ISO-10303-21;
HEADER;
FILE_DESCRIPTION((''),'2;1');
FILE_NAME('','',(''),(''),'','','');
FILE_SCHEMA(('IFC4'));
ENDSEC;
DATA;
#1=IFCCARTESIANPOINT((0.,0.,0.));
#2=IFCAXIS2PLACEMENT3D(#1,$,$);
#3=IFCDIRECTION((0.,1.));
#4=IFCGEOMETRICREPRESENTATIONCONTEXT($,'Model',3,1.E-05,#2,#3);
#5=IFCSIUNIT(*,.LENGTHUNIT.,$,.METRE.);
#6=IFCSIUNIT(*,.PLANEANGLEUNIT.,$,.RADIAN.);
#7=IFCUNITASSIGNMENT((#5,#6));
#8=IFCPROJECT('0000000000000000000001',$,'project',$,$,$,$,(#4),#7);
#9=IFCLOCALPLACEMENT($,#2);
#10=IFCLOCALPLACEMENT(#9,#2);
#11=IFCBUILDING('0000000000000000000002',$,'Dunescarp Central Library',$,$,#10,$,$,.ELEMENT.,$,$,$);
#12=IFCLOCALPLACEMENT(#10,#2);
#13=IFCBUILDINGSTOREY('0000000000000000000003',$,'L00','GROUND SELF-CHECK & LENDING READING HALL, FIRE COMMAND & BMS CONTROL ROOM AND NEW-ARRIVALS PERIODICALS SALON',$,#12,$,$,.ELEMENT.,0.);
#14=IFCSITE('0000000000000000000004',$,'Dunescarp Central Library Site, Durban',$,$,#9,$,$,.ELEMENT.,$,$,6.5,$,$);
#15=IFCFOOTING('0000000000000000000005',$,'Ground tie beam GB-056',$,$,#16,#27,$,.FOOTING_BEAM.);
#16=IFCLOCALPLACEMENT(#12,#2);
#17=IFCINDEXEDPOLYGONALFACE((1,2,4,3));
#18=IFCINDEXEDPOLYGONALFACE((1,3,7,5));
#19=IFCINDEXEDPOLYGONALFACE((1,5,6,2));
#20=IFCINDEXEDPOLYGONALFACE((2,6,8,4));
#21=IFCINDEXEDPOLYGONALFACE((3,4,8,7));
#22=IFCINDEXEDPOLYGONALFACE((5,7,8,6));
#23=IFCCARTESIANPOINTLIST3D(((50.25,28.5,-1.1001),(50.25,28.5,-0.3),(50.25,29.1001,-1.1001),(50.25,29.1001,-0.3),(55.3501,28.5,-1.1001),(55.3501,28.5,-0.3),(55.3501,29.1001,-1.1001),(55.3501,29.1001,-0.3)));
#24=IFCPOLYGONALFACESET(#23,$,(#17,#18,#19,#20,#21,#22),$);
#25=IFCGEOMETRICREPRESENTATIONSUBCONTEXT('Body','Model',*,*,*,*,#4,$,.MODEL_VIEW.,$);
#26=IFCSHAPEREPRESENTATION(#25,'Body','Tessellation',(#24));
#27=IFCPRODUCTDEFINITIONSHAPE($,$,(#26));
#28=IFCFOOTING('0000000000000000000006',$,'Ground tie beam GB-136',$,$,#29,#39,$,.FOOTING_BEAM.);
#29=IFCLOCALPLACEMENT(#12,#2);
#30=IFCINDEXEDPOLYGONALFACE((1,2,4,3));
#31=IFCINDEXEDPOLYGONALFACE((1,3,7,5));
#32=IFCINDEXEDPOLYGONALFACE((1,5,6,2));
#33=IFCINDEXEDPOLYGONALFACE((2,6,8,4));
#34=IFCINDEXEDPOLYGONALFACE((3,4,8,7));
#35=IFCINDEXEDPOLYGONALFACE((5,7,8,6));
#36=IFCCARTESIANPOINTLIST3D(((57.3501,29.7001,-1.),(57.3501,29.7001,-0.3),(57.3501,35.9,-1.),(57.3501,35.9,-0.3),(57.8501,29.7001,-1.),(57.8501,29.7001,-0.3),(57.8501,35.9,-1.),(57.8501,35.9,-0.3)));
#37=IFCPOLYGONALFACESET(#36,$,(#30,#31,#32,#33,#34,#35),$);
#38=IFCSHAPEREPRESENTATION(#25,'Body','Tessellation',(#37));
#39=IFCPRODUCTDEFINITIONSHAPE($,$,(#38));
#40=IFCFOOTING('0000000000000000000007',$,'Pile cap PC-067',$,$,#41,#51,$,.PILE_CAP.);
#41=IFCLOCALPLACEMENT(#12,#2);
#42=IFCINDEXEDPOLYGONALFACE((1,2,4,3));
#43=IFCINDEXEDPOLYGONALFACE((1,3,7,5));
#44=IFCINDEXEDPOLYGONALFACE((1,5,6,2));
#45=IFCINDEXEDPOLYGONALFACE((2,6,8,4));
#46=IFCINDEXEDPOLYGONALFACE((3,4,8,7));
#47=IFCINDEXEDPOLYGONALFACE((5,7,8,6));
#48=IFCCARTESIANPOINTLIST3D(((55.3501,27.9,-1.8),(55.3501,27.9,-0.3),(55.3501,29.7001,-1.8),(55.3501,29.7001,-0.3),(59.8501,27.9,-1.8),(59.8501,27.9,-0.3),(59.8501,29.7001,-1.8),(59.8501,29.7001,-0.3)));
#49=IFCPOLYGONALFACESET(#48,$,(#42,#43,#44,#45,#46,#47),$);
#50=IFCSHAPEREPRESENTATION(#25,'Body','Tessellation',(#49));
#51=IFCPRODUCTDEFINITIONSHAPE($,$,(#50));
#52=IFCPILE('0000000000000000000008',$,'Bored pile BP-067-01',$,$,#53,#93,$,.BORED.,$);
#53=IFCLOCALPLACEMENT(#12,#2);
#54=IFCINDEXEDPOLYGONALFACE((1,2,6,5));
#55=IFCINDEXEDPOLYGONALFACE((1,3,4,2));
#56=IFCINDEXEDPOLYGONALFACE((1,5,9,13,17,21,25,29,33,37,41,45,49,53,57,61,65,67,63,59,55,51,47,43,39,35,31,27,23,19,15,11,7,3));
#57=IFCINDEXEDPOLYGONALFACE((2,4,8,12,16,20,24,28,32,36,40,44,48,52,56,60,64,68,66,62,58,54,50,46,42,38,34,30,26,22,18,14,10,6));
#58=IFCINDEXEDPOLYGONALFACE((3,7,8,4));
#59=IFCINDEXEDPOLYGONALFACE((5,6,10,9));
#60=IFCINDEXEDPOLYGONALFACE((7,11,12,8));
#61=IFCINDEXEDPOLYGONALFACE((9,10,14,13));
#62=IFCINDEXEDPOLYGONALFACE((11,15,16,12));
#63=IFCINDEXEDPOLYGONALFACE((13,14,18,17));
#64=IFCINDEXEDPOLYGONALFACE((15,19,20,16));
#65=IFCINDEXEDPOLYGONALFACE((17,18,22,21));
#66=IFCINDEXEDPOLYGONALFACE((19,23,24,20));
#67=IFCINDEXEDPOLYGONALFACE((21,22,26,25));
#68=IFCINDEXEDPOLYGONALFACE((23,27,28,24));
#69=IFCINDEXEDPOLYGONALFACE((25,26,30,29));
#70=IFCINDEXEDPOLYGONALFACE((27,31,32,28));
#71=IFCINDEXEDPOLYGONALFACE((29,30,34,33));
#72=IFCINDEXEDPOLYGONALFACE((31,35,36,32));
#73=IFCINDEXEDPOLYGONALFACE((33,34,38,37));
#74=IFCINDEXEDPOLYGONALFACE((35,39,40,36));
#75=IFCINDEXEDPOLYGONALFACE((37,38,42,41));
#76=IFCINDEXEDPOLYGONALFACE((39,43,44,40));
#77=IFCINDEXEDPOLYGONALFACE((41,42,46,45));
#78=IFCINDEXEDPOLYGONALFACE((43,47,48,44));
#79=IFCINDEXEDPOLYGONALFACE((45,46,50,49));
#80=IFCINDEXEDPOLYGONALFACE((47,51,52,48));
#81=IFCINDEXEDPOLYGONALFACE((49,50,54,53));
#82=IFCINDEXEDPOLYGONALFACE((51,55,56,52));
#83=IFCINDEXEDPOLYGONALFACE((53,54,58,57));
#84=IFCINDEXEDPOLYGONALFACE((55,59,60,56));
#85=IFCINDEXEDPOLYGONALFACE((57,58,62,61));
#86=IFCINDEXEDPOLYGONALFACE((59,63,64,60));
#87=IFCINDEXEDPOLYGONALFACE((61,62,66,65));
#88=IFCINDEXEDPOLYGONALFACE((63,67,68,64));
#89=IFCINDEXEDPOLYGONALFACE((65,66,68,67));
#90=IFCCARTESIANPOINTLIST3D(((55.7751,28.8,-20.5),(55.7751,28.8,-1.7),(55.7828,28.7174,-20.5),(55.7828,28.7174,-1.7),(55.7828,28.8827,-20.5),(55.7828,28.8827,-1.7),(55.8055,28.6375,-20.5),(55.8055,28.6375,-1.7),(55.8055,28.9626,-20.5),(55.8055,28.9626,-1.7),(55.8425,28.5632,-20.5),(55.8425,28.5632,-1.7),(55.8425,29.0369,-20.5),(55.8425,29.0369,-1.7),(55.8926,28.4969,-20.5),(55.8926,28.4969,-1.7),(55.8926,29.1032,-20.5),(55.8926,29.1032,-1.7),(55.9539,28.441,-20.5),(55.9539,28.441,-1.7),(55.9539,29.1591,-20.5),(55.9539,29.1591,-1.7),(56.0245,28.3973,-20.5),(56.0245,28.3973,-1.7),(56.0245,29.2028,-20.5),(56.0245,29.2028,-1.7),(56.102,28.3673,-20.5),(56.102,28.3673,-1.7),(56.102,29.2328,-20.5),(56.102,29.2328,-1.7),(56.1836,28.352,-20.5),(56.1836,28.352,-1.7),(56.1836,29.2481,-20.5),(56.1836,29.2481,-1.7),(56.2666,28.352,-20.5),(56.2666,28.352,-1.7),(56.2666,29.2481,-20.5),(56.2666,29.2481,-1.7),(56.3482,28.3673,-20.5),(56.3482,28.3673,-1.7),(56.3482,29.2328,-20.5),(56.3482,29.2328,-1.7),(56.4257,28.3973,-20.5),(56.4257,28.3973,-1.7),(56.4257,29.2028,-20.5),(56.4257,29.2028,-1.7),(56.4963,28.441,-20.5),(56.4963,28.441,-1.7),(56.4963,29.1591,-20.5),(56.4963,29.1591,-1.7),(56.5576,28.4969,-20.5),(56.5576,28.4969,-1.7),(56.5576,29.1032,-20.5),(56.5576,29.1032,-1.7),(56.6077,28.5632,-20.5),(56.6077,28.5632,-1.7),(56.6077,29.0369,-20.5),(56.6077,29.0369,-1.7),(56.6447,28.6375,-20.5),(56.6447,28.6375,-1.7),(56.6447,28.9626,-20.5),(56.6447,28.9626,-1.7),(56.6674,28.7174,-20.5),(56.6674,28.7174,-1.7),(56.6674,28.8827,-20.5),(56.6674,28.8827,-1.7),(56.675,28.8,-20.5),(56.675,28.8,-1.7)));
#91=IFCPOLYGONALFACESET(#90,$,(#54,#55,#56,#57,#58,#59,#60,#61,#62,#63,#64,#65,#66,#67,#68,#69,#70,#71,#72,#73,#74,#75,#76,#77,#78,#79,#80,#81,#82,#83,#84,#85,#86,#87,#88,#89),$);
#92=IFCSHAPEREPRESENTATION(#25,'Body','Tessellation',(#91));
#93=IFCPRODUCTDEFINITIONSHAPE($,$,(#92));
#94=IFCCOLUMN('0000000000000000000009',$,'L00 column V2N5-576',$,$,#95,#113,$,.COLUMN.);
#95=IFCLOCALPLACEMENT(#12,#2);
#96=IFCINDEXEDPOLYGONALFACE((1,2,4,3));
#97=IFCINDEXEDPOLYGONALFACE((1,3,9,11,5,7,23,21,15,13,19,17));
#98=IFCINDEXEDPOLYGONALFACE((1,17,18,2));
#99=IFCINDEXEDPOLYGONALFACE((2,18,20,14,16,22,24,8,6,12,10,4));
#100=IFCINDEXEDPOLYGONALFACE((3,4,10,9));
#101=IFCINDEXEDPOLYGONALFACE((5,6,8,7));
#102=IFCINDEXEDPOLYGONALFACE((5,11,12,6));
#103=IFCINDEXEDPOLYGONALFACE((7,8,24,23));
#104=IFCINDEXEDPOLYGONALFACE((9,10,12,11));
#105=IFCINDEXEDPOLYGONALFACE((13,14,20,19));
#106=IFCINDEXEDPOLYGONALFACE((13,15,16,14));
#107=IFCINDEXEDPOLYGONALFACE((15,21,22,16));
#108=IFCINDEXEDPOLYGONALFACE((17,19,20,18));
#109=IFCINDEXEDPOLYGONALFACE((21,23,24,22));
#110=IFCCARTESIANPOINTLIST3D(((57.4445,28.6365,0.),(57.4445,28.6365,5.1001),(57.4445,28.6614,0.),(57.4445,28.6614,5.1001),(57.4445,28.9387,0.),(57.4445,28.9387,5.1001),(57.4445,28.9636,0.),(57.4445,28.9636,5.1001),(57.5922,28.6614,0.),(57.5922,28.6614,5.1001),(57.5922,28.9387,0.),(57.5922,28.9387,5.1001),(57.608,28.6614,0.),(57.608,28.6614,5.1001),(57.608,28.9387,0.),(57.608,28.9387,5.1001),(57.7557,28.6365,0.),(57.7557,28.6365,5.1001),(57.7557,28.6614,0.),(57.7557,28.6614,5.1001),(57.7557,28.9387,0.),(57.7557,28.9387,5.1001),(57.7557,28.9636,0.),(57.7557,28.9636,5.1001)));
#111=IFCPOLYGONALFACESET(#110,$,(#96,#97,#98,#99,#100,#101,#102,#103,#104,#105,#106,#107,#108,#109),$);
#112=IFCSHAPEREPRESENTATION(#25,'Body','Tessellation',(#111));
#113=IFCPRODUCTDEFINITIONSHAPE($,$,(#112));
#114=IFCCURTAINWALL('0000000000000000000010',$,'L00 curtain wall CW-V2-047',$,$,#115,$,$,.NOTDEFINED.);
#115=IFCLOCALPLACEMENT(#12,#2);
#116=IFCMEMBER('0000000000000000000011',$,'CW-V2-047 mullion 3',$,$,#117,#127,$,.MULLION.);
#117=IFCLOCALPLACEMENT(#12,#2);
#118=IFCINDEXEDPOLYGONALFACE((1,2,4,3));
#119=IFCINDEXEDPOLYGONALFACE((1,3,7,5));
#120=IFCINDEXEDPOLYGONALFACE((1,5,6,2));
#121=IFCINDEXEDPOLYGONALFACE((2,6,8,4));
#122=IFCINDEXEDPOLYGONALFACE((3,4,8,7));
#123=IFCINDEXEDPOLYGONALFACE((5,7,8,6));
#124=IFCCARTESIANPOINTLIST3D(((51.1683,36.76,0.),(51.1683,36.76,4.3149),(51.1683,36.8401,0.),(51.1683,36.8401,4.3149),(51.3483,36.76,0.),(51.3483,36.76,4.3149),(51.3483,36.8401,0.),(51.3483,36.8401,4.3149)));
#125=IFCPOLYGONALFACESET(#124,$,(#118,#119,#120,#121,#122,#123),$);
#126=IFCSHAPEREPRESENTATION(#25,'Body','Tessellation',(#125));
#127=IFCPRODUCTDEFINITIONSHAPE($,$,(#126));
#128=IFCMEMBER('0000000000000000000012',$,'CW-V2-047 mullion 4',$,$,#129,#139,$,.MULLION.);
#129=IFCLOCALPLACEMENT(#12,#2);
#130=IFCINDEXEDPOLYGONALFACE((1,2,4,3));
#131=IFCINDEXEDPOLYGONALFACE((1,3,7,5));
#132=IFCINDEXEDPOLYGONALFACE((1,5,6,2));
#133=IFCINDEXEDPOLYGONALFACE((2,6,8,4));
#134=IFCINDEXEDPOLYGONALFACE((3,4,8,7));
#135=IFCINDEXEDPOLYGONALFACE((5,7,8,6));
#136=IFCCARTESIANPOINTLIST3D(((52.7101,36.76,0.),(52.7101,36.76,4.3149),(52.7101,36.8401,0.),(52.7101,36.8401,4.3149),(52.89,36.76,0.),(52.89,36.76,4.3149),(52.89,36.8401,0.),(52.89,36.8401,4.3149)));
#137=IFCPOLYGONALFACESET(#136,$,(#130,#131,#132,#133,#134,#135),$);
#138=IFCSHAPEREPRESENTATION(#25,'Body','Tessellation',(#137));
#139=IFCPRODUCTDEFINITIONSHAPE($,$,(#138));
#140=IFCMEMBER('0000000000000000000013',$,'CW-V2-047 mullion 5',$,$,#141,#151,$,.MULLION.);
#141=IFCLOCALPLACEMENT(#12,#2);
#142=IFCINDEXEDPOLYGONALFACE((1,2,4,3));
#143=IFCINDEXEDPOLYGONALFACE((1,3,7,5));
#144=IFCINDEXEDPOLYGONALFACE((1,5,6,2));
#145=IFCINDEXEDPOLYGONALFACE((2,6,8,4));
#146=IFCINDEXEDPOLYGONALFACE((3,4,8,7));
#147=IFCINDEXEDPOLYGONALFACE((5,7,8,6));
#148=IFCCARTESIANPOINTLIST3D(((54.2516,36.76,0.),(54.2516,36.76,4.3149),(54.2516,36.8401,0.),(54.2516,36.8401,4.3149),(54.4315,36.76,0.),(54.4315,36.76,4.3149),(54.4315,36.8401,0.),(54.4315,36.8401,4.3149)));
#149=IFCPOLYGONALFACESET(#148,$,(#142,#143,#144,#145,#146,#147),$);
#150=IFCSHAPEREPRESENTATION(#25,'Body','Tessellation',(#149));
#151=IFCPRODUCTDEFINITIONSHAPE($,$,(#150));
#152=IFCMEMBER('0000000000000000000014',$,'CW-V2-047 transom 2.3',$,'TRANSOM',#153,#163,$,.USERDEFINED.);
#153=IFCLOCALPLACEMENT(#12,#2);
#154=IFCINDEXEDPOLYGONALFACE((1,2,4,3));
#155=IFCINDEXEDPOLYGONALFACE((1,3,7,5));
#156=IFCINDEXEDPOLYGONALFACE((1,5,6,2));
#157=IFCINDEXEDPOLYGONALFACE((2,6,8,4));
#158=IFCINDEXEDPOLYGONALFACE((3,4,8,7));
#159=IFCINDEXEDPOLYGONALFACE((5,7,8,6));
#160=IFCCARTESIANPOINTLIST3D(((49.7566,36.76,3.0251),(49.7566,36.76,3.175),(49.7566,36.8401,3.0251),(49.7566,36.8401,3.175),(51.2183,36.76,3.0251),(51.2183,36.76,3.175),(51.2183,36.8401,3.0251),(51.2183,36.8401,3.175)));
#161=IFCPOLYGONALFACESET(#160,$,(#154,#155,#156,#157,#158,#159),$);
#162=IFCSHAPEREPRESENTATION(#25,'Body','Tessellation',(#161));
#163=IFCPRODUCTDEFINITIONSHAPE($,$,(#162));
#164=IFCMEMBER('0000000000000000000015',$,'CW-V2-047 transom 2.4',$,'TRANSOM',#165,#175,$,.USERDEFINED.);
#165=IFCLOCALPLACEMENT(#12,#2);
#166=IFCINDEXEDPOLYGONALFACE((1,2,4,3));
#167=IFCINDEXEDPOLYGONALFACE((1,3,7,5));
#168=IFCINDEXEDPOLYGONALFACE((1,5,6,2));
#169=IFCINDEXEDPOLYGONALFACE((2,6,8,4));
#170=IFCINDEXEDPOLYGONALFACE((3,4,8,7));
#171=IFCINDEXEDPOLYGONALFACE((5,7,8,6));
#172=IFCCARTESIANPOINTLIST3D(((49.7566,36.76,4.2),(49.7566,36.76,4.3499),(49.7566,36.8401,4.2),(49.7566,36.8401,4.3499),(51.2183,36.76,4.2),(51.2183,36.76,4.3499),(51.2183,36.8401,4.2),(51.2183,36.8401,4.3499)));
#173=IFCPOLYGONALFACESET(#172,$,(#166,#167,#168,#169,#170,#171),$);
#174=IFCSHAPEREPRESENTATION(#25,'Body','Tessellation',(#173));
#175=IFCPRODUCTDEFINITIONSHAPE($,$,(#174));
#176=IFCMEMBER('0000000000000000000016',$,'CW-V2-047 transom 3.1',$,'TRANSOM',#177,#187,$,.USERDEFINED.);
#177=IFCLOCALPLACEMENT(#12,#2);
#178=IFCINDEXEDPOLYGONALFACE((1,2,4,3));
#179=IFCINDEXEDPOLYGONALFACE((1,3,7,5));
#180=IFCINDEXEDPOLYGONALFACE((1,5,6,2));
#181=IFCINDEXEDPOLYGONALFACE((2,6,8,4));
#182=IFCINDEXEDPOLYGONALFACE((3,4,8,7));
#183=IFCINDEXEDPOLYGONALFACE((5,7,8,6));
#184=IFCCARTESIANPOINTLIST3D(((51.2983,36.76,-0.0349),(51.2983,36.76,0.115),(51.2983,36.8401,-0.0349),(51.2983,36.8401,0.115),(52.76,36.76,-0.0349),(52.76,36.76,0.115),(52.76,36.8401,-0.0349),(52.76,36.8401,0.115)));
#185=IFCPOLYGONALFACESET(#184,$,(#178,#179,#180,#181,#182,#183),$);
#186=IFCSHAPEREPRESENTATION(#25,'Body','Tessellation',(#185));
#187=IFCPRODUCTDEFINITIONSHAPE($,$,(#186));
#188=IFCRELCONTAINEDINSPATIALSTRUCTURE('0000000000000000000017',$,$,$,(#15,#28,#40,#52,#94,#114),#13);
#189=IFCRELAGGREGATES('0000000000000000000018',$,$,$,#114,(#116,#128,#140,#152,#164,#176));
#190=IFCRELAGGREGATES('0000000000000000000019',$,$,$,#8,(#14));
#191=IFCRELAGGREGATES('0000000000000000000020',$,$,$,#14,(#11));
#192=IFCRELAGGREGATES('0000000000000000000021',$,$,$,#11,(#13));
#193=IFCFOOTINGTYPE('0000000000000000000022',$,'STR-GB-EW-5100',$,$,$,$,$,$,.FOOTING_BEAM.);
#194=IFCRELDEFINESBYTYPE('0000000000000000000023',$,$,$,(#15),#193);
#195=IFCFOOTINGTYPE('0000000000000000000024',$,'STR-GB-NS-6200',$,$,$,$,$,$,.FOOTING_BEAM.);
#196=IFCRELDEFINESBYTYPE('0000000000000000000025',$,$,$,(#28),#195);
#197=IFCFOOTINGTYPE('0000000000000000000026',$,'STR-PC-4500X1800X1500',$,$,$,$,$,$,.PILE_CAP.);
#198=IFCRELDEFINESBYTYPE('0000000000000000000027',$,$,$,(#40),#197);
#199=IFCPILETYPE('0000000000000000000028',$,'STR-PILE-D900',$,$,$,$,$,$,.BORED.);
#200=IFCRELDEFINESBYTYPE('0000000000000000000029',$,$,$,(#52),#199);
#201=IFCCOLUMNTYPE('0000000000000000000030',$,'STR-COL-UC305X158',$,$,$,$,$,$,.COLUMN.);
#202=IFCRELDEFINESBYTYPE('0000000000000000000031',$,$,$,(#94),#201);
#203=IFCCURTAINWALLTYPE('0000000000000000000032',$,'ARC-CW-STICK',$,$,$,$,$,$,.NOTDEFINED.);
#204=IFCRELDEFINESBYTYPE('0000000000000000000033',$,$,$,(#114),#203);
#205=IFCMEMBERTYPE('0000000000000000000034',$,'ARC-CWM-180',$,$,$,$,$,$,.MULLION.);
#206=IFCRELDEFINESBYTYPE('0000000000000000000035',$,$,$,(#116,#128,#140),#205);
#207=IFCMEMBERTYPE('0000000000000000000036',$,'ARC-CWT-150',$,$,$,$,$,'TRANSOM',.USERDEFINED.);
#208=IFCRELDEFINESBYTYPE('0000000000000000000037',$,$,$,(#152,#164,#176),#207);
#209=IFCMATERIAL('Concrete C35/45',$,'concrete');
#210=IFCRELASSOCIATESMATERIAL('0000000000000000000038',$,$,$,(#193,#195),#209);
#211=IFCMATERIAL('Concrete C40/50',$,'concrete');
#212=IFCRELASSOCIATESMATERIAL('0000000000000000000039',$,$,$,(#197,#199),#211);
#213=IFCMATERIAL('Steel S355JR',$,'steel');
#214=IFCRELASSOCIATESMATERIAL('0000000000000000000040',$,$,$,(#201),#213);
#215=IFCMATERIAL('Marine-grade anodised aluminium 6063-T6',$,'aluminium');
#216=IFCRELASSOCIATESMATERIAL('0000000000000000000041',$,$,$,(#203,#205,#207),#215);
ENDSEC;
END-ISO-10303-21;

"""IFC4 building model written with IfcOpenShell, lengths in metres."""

from ifc_helpers import new_model, si_unit, direction, frame, origin, origin_2d, place, context, subcontext, project, spatial, rectangle, circle, i_section, extrude, material, material_profile, profile_set, type_object, element, aggregate, save


model = new_model("IFC4")

# Units and contexts
model_context = context("Model", 3, precision=1e-05, world=origin(), true_north=direction((0.0, 1.0)))
body_context = subcontext(model_context, "Body", "Model", "MODEL_VIEW")
ifc_project = project(units=[si_unit("LENGTHUNIT", "METRE"), si_unit("PLANEANGLEUNIT", "RADIAN")], contexts=[model_context])

# Site, building, storey
site_placement = place(None, origin())
site = spatial("IfcSite", under=ifc_project, at=site_placement, Name="Dunescarp Central Library Site, Durban", CompositionType="ELEMENT", RefElevation=6.5)
building_placement = place(site_placement, origin())
building = spatial("IfcBuilding", under=site, at=building_placement, Name="Dunescarp Central Library", CompositionType="ELEMENT")
storey_placement = place(building_placement, origin())
storey = spatial("IfcBuildingStorey", under=building, at=storey_placement, Name="L00", Description="GROUND SELF-CHECK & LENDING READING HALL, FIRE COMMAND & BMS CONTROL ROOM AND NEW-ARRIVALS PERIODICALS SALON", CompositionType="ELEMENT", Elevation=0.0)

# Footings
ifc_material_1 = material(Name="Concrete C35/45", Category="concrete")
footing_type_1 = type_object("IfcFootingType", Name="STR-GB-EW-5100", PredefinedType="FOOTING_BEAM", material=ifc_material_1)
footing_1_placement = place(storey_placement, frame((52.8, 28.8, -1.1001), z_axis=(0.0, 0.0, 1.0), x_axis=(1.0, 0.0, 0.0)))
element("IfcFooting", 1, at=footing_1_placement, inside=storey, type_object=footing_type_1, Name="Ground tie beam GB-056", PredefinedType="FOOTING_BEAM", context=body_context, shape_type="SweptSolid", body=[
    extrude(rectangle(XDim=5.1001, YDim=0.6001, at=origin_2d()), origin(), (0.0, 0.0, 1.0), 0.8),
])
footing_type_2 = type_object("IfcFootingType", Name="STR-GB-NS-6200", PredefinedType="FOOTING_BEAM", material=ifc_material_1)
footing_2_placement = place(storey_placement, frame((57.6001, 32.8, -1.0), z_axis=(0.0, 0.0, 1.0), x_axis=(0.0, 1.0, 0.0)))
element("IfcFooting", 2, at=footing_2_placement, inside=storey, type_object=footing_type_2, Name="Ground tie beam GB-136", PredefinedType="FOOTING_BEAM", context=body_context, shape_type="SweptSolid", body=[
    extrude(rectangle(XDim=6.2, YDim=0.5, at=origin_2d()), origin(), (0.0, 0.0, 1.0), 0.7),
])
ifc_material_2 = material(Name="Concrete C40/50", Category="concrete")
footing_type_3 = type_object("IfcFootingType", Name="STR-PC-4500X1800X1500", PredefinedType="PILE_CAP", material=ifc_material_2)
footing_3_placement = place(storey_placement, frame((57.6001, 28.8, -1.8), z_axis=(0.0, 0.0, 1.0), x_axis=(1.0, 0.0, 0.0)))
element("IfcFooting", 3, at=footing_3_placement, inside=storey, type_object=footing_type_3, Name="Pile cap PC-067", PredefinedType="PILE_CAP", context=body_context, shape_type="SweptSolid", body=[
    extrude(rectangle(XDim=4.5, YDim=1.8, at=origin_2d()), origin(), (0.0, 0.0, 1.0), 1.5),
])

# Pile
ifc_material_profile_1 = material_profile(ifc_material_2, circle(Radius=0.45, at=origin_2d()), Name="PILE D900")
ifc_profile_set_1 = profile_set([ifc_material_profile_1], Name="Concrete C40/50")
pile_type = type_object("IfcPileType", Name="STR-PILE-D900", PredefinedType="BORED", material=ifc_profile_set_1)
pile_placement = place(storey_placement, frame((56.2251, 28.8, -1.7), z_axis=(0.0, 0.0, -1.0), x_axis=(1.0, 0.0, 0.0)))
element("IfcPile", 4, at=pile_placement, inside=storey, type_object=pile_type, Name="Bored pile BP-067-01", PredefinedType="BORED", context=body_context, shape_type="SweptSolid", body=[
    extrude(circle(Radius=0.45, at=origin_2d()), origin(), (0.0, 0.0, 1.0), 18.8),
])

# Column
ifc_material_3 = material(Name="Steel S355JR", Category="steel")
ifc_material_profile_2 = material_profile(ifc_material_3, i_section(OverallWidth=0.3113, OverallDepth=0.3271, WebThickness=0.0159, FlangeThickness=0.0249, at=origin_2d()), Name="UC 305x305x158")
ifc_profile_set_2 = profile_set([ifc_material_profile_2], Name="Steel S355JR")
column_type = type_object("IfcColumnType", Name="STR-COL-UC305X158", PredefinedType="COLUMN", material=ifc_profile_set_2)
column_placement = place(storey_placement, frame((57.6001, 28.8, 0.0), z_axis=(0.0, 0.0, 1.0), x_axis=(1.0, 0.0, 0.0)))
element("IfcColumn", 5, at=column_placement, inside=storey, type_object=column_type, Name="L00 column V2N5-576", PredefinedType="COLUMN", context=body_context, shape_type="SweptSolid", body=[
    extrude(i_section(OverallWidth=0.3113, OverallDepth=0.3271, WebThickness=0.0159, FlangeThickness=0.0249, at=origin_2d()), origin(), (0.0, 0.0, 1.0), 5.1001),
])

# Curtain wall, members
ifc_material_4 = material(Name="Marine-grade anodised aluminium 6063-T6", Category="aluminium")
curtain_wall_type = type_object("IfcCurtainWallType", Name="ARC-CW-STICK", PredefinedType="NOTDEFINED", material=ifc_material_4)
curtain_wall_placement = place(storey_placement, origin())
curtain_wall = element("IfcCurtainWall", 6, at=curtain_wall_placement, inside=storey, type_object=curtain_wall_type, Name="L00 curtain wall CW-V2-047", PredefinedType="NOTDEFINED")
ifc_material_profile_3 = material_profile(ifc_material_4, rectangle(XDim=0.0801, YDim=0.1799, at=origin_2d()), Name="AL 80x180")
ifc_profile_set_3 = profile_set([ifc_material_profile_3], Name="Marine-grade anodised aluminium 6063-T6")
member_type_1 = type_object("IfcMemberType", Name="ARC-CWM-180", PredefinedType="MULLION", material=ifc_profile_set_3)
member_1_placement = place(storey_placement, frame((51.2583, 36.8, 0.0), z_axis=(0.0, 0.0, 1.0), x_axis=(0.0, 1.0, 0.0)))
member_1 = element("IfcMember", 7, at=member_1_placement, type_object=member_type_1, Name="CW-V2-047 mullion 3", PredefinedType="MULLION", context=body_context, shape_type="SweptSolid", body=[
    extrude(rectangle(XDim=0.0801, YDim=0.1799, at=origin_2d()), origin(), (0.0, 0.0, 1.0), 4.3149),
])
member_2_placement = place(storey_placement, frame((52.8, 36.8, 0.0), z_axis=(0.0, 0.0, 1.0), x_axis=(0.0, 1.0, 0.0)))
member_2 = element("IfcMember", 8, at=member_2_placement, type_object=member_type_1, Name="CW-V2-047 mullion 4", PredefinedType="MULLION", context=body_context, shape_type="SweptSolid", body=[
    extrude(rectangle(XDim=0.0801, YDim=0.1799, at=origin_2d()), origin(), (0.0, 0.0, 1.0), 4.3149),
])
member_3_placement = place(storey_placement, frame((54.3416, 36.8, 0.0), z_axis=(0.0, 0.0, 1.0), x_axis=(0.0, 1.0, 0.0)))
member_3 = element("IfcMember", 9, at=member_3_placement, type_object=member_type_1, Name="CW-V2-047 mullion 5", PredefinedType="MULLION", context=body_context, shape_type="SweptSolid", body=[
    extrude(rectangle(XDim=0.0801, YDim=0.1799, at=origin_2d()), origin(), (0.0, 0.0, 1.0), 4.3149),
])
ifc_material_profile_4 = material_profile(ifc_material_4, rectangle(XDim=0.0801, YDim=0.1499, at=origin_2d()), Name="AL 80x150")
ifc_profile_set_4 = profile_set([ifc_material_profile_4], Name="Marine-grade anodised aluminium 6063-T6")
member_type_2 = type_object("IfcMemberType", Name="ARC-CWT-150", ElementType="TRANSOM", PredefinedType="USERDEFINED", material=ifc_profile_set_4)
member_4_placement = place(storey_placement, frame((49.7566, 36.8, 3.1001), z_axis=(1.0, 0.0, 0.0), x_axis=(0.0, 1.0, 0.0)))
member_4 = element("IfcMember", 10, at=member_4_placement, type_object=member_type_2, Name="CW-V2-047 transom 2.3", ObjectType="TRANSOM", PredefinedType="USERDEFINED", context=body_context, shape_type="SweptSolid", body=[
    extrude(rectangle(XDim=0.0801, YDim=0.1499, at=origin_2d()), origin(), (0.0, 0.0, 1.0), 1.4617),
])
member_5_placement = place(storey_placement, frame((49.7566, 36.8, 4.2749), z_axis=(1.0, 0.0, 0.0), x_axis=(0.0, 1.0, 0.0)))
member_5 = element("IfcMember", 11, at=member_5_placement, type_object=member_type_2, Name="CW-V2-047 transom 2.4", ObjectType="TRANSOM", PredefinedType="USERDEFINED", context=body_context, shape_type="SweptSolid", body=[
    extrude(rectangle(XDim=0.0801, YDim=0.1499, at=origin_2d()), origin(), (0.0, 0.0, 1.0), 1.4617),
])
member_6_placement = place(storey_placement, frame((51.2983, 36.8, 0.04), z_axis=(1.0, 0.0, 0.0), x_axis=(0.0, 1.0, 0.0)))
member_6 = element("IfcMember", 12, at=member_6_placement, type_object=member_type_2, Name="CW-V2-047 transom 3.1", ObjectType="TRANSOM", PredefinedType="USERDEFINED", context=body_context, shape_type="SweptSolid", body=[
    extrude(rectangle(XDim=0.0801, YDim=0.1499, at=origin_2d()), origin(), (0.0, 0.0, 1.0), 1.4617),
])
aggregate(curtain_wall, [member_1, member_2, member_3, member_4, member_5, member_6])

save(model, "model.ifc")
